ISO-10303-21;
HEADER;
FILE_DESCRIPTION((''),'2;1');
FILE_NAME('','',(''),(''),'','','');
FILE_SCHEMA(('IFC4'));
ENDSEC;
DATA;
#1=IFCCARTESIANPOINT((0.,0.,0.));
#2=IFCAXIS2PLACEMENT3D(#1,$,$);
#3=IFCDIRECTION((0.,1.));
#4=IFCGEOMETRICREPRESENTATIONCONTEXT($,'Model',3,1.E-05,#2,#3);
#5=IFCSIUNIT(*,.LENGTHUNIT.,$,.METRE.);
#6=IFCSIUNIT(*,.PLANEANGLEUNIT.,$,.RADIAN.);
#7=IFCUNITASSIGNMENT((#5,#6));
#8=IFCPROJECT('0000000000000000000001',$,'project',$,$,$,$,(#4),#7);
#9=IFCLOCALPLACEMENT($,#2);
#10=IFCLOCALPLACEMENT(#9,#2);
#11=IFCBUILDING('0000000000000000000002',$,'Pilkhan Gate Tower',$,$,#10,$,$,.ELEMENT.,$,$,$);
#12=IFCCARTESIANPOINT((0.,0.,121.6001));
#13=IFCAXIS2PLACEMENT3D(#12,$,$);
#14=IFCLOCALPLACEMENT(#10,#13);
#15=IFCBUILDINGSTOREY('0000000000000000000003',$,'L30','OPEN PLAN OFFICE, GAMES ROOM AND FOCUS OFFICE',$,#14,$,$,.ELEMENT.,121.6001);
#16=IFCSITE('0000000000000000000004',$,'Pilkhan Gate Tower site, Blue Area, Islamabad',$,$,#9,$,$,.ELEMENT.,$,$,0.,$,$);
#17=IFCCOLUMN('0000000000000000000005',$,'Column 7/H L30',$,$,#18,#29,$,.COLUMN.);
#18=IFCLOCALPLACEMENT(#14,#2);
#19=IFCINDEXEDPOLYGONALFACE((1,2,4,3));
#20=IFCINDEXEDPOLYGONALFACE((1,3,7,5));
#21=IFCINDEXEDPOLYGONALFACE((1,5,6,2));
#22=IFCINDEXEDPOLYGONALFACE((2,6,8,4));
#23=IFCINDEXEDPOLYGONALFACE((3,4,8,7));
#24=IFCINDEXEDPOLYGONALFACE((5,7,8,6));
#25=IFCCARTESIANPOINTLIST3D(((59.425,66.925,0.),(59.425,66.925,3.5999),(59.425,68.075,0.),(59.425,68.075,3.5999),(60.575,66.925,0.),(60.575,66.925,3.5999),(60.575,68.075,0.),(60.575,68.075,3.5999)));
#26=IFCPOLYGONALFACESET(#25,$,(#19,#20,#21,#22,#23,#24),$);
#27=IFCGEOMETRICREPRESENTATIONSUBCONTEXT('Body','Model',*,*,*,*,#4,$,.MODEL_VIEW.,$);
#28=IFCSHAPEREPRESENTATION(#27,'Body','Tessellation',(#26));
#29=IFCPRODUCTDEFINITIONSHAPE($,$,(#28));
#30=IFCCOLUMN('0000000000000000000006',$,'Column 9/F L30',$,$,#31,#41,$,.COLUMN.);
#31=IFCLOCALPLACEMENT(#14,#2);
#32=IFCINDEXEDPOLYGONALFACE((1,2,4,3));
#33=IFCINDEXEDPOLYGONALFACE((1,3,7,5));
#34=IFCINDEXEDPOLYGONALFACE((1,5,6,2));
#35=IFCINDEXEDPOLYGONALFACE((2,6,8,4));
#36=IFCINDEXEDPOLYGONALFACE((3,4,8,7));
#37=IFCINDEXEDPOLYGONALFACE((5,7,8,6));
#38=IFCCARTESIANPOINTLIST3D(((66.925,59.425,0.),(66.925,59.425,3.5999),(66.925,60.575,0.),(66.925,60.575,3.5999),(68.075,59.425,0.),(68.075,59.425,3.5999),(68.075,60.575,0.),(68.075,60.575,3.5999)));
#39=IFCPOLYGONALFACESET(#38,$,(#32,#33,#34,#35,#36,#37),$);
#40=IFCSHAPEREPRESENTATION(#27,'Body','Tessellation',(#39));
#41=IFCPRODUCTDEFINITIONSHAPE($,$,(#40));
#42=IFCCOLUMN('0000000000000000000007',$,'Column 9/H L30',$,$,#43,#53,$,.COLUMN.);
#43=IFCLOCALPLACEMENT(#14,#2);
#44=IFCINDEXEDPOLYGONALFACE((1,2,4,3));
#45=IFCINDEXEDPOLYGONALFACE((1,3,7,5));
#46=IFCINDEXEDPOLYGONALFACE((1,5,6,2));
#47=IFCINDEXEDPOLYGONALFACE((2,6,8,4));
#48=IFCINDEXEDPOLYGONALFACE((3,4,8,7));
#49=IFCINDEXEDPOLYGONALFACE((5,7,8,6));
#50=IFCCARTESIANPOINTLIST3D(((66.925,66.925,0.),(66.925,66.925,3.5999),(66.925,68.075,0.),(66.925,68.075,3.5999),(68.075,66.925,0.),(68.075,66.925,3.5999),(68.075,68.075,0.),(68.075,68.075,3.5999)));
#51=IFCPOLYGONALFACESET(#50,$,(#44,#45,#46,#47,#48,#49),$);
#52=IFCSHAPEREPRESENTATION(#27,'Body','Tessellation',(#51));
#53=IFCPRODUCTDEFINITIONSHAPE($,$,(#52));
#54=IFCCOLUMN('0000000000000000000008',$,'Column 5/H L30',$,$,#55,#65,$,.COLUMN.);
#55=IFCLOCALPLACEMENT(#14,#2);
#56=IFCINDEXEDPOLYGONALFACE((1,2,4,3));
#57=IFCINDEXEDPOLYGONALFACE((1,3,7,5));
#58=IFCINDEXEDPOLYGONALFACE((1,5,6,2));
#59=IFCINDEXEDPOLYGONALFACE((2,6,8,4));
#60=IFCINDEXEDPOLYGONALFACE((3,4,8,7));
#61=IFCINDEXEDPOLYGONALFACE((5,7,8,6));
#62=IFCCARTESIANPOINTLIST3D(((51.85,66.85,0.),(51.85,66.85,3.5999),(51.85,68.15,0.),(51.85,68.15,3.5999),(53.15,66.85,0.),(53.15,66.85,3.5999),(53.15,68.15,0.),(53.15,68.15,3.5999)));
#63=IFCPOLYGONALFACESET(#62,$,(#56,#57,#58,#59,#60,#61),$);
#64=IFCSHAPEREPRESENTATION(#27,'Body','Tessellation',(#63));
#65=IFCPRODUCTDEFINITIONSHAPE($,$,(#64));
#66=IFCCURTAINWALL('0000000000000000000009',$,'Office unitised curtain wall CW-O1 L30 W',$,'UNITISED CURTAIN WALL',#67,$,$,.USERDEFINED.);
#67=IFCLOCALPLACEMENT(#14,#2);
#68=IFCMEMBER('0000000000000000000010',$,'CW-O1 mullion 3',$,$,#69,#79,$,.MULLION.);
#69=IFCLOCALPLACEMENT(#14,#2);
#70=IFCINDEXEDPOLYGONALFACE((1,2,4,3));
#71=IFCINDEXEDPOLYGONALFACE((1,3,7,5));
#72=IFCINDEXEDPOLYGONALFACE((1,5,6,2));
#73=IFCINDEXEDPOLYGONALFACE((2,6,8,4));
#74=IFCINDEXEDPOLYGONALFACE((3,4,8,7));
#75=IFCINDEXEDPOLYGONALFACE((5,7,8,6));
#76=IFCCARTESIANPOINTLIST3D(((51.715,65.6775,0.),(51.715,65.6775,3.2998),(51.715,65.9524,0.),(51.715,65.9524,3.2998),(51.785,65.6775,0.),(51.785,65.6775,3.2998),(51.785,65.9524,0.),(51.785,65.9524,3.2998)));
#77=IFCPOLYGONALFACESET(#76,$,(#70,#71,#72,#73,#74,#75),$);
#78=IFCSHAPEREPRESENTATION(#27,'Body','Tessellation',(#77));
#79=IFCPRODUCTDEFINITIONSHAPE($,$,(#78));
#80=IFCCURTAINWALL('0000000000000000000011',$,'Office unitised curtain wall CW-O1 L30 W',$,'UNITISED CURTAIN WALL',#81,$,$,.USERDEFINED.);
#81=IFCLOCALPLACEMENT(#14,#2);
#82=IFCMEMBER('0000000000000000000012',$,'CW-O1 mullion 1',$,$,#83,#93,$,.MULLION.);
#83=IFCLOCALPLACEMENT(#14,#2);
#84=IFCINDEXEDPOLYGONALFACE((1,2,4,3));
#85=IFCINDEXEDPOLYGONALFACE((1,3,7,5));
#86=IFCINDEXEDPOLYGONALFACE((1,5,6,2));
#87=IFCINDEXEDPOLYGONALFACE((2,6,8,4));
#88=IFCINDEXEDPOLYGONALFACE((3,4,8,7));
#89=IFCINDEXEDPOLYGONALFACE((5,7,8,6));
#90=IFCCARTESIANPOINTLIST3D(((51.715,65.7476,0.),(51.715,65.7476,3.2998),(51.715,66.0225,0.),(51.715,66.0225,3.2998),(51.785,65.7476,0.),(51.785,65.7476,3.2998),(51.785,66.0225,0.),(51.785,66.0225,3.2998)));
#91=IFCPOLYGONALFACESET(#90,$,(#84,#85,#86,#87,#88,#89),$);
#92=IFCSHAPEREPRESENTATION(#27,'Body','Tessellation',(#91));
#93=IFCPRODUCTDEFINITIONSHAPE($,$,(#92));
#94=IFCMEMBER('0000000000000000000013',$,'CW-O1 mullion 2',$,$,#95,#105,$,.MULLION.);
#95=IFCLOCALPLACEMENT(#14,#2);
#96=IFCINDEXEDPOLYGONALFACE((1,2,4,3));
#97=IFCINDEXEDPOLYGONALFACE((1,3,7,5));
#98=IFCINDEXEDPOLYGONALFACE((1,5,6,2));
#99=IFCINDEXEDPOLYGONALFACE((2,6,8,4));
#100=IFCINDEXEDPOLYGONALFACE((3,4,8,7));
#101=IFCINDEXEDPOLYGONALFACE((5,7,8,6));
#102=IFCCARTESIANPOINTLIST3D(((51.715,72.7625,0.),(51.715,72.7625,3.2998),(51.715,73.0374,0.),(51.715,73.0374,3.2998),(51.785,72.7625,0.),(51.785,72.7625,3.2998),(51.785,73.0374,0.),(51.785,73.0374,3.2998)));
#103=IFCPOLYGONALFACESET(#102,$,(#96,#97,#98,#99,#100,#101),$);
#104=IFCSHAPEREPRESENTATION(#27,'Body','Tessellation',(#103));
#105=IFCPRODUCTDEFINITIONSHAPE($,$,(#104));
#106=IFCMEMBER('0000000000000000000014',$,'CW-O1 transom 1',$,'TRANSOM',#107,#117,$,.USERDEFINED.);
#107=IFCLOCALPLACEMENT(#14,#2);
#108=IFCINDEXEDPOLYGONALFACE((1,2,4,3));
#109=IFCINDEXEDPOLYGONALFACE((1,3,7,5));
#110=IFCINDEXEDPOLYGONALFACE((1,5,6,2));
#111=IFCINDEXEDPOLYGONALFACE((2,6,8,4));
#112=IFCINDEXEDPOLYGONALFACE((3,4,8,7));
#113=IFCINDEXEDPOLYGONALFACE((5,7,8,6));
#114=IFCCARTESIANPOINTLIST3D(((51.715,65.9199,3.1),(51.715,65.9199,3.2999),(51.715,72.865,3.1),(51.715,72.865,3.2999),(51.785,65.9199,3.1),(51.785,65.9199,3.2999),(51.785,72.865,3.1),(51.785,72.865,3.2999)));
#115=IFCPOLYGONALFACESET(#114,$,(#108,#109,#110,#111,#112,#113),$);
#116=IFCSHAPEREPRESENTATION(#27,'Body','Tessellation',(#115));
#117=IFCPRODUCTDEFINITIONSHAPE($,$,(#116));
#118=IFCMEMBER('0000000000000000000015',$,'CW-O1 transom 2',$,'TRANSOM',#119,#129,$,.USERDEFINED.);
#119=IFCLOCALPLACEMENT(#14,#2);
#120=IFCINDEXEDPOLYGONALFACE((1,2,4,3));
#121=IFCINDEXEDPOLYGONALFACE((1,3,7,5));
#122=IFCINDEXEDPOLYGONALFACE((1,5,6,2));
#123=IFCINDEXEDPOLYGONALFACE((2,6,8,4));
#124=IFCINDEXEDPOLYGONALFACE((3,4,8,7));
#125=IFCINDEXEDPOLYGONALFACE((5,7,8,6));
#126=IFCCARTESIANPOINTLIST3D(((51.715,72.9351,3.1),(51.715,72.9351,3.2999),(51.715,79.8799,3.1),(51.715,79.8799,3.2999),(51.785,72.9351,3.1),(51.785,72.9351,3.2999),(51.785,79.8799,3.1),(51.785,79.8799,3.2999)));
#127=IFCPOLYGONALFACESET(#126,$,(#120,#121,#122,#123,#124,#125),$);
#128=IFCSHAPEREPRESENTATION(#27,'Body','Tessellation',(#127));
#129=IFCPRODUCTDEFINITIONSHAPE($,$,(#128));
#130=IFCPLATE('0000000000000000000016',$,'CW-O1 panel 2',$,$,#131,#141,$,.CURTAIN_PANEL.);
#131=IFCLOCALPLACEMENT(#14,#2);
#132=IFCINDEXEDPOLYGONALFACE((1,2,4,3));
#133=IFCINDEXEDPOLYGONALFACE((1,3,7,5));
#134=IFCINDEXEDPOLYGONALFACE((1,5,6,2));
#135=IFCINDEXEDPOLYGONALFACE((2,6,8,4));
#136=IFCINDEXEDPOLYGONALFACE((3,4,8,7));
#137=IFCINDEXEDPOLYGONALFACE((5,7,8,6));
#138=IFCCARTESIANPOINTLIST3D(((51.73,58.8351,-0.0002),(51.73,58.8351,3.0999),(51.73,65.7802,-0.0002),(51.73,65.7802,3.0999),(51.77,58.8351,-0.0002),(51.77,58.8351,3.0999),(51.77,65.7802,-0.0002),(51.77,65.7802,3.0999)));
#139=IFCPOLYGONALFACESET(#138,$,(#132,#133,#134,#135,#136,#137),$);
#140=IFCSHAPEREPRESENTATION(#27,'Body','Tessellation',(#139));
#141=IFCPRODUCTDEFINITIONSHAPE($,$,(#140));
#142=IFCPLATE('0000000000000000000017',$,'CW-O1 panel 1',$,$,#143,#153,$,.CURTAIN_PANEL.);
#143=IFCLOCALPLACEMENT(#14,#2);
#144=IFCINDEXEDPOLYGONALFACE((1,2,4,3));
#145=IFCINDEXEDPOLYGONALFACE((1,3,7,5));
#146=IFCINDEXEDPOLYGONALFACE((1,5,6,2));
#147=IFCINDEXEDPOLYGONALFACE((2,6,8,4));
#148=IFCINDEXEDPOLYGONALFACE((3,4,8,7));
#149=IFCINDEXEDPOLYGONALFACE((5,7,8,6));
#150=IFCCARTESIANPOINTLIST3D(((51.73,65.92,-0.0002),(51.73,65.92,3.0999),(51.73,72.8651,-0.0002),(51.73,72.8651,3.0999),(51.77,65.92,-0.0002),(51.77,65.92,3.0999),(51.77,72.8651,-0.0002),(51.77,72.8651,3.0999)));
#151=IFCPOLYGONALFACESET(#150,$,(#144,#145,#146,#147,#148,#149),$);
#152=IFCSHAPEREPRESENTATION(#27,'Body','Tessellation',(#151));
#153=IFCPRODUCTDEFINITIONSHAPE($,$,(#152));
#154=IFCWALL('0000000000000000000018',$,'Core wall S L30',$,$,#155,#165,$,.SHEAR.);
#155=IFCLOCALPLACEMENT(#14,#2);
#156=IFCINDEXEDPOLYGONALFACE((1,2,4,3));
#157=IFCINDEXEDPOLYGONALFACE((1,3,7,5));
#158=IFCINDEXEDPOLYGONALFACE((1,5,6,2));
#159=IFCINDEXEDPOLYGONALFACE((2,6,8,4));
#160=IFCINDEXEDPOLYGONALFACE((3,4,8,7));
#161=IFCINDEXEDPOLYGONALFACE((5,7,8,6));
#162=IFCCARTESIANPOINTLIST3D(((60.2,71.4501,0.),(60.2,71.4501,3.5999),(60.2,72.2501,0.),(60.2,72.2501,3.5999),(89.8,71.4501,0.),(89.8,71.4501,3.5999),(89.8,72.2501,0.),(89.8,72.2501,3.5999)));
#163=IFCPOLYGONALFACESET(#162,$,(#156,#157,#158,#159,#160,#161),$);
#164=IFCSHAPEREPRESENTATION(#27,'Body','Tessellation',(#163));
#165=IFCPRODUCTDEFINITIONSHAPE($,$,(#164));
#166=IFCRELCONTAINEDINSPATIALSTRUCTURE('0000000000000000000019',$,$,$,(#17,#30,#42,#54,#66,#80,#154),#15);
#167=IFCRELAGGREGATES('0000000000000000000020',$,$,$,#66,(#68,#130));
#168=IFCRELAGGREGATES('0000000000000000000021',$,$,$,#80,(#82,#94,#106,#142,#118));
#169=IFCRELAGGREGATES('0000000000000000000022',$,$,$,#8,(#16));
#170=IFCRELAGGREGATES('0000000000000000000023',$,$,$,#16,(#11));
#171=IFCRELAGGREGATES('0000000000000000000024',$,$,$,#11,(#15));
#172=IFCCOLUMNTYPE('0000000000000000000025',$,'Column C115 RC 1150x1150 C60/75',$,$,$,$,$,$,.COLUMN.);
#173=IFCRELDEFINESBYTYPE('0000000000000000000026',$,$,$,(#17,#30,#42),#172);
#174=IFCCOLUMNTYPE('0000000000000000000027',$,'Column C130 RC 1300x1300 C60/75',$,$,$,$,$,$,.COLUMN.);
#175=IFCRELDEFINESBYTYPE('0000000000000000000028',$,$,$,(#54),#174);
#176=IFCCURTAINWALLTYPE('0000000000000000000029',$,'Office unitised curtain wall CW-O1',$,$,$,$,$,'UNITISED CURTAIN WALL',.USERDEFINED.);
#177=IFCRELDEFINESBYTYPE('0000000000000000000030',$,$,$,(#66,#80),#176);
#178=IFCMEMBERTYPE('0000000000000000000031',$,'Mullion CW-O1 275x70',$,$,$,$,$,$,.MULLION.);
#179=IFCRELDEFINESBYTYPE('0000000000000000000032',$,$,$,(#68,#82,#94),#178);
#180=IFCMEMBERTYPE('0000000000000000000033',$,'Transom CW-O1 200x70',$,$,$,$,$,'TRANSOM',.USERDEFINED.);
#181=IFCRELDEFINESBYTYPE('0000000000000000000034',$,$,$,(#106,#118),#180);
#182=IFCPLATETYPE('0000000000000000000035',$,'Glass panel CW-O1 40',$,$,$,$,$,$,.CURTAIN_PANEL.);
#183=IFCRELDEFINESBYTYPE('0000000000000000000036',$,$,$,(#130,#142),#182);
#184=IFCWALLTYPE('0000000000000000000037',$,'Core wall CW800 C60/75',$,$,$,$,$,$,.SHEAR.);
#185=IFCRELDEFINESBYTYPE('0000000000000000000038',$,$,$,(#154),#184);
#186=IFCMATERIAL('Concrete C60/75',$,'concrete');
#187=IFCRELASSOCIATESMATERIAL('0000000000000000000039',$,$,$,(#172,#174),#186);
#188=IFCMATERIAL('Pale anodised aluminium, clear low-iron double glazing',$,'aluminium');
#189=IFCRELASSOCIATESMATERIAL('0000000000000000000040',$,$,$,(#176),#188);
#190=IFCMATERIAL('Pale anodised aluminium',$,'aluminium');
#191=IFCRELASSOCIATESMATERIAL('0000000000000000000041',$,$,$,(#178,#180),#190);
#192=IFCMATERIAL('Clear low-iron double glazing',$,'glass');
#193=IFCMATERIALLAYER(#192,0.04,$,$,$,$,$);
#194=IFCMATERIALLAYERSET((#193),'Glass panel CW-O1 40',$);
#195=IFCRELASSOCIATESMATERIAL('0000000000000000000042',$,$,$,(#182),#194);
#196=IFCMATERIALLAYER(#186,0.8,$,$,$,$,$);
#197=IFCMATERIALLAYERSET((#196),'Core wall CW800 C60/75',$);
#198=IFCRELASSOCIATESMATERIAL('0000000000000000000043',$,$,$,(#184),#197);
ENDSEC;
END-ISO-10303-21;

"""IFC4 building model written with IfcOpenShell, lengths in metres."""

from ifc_helpers import new_model, si_unit, direction, frame, frame_2d, origin, origin_2d, place, context, subcontext, project, spatial, rectangle, extrude, material, layer, layer_set, material_profile, profile_set, type_object, element, aggregate, save


model = new_model("IFC4")

# Units and contexts
model_context = context("Model", 3, precision=1e-05, world=origin(), true_north=direction((0.0, 1.0)))
body_context = subcontext(model_context, "Body", "Model", "MODEL_VIEW")
ifc_project = project(units=[si_unit("LENGTHUNIT", "METRE"), si_unit("PLANEANGLEUNIT", "RADIAN")], contexts=[model_context])

# Site, building, storey
site_placement = place(None, origin())
site = spatial("IfcSite", under=ifc_project, at=site_placement, Name="Pilkhan Gate Tower site, Blue Area, Islamabad", CompositionType="ELEMENT", RefElevation=0.0)
building_placement = place(site_placement, origin())
building = spatial("IfcBuilding", under=site, at=building_placement, Name="Pilkhan Gate Tower", CompositionType="ELEMENT")
storey_placement = place(building_placement, frame((0.0, 0.0, 121.6001)))
storey = spatial("IfcBuildingStorey", under=building, at=storey_placement, Name="L30", Description="OPEN PLAN OFFICE, GAMES ROOM AND FOCUS OFFICE", CompositionType="ELEMENT", Elevation=121.6001)

# Columns
ifc_material_1 = material(Name="Concrete C60/75", Category="concrete")
ifc_material_profile_1 = material_profile(ifc_material_1, rectangle(XDim=1.1499, YDim=1.1499, at=origin_2d()), Name="RC 1150x1150")
ifc_profile_set_1 = profile_set([ifc_material_profile_1], Name="Concrete C60/75")
column_type_1 = type_object("IfcColumnType", Name="Column C115 RC 1150x1150 C60/75", PredefinedType="COLUMN", material=ifc_profile_set_1)
for number, where, z_axis, x_axis, name in (
    (1, (60.0, 67.5, 0.0), (0.0, 0.0, 1.0), (1.0, 0.0, 0.0), "Column 7/H L30"),
    (2, (67.5, 60.0, 0.0), (0.0, 0.0, 1.0), (1.0, 0.0, 0.0), "Column 9/F L30"),
    (3, (67.5, 67.5, 0.0), (0.0, 0.0, 1.0), (1.0, 0.0, 0.0), "Column 9/H L30"),
):
    element("IfcColumn", number, at=place(storey_placement, frame(where, z_axis=z_axis, x_axis=x_axis)), inside=storey, type_object=column_type_1, Name=name, PredefinedType="COLUMN", context=body_context, shape_type="SweptSolid", body=[
        extrude(rectangle(XDim=1.1499, YDim=1.1499, at=origin_2d()), origin(), (0.0, 0.0, 1.0), 3.5999),
    ])
ifc_material_profile_2 = material_profile(ifc_material_1, rectangle(XDim=1.3, YDim=1.3, at=origin_2d()), Name="RC 1300x1300")
ifc_profile_set_2 = profile_set([ifc_material_profile_2], Name="Concrete C60/75")
column_type_2 = type_object("IfcColumnType", Name="Column C130 RC 1300x1300 C60/75", PredefinedType="COLUMN", material=ifc_profile_set_2)
column_placement = place(storey_placement, frame((52.5, 67.5, 0.0), z_axis=(0.0, 0.0, 1.0), x_axis=(1.0, 0.0, 0.0)))
element("IfcColumn", 4, at=column_placement, inside=storey, type_object=column_type_2, Name="Column 5/H L30", PredefinedType="COLUMN", context=body_context, shape_type="SweptSolid", body=[
    extrude(rectangle(XDim=1.3, YDim=1.3, at=origin_2d()), origin(), (0.0, 0.0, 1.0), 3.5999),
])

# Curtain wall, member
ifc_material_2 = material(Name="Pale anodised aluminium, clear low-iron double glazing", Category="aluminium")
curtain_wall_type = type_object("IfcCurtainWallType", Name="Office unitised curtain wall CW-O1", ElementType="UNITISED CURTAIN WALL", PredefinedType="USERDEFINED", material=ifc_material_2)
curtain_wall_1_placement = place(storey_placement, origin())
curtain_wall_1 = element("IfcCurtainWall", 5, at=curtain_wall_1_placement, inside=storey, type_object=curtain_wall_type, Name="Office unitised curtain wall CW-O1 L30 W", ObjectType="UNITISED CURTAIN WALL", PredefinedType="USERDEFINED")
ifc_material_3 = material(Name="Pale anodised aluminium", Category="aluminium")
ifc_material_profile_3 = material_profile(ifc_material_3, rectangle(XDim=0.0701, YDim=0.2749, at=origin_2d()), Name="Mullion 275x70")
ifc_profile_set_3 = profile_set([ifc_material_profile_3], Name="Pale anodised aluminium")
member_type_1 = type_object("IfcMemberType", Name="Mullion CW-O1 275x70", PredefinedType="MULLION", material=ifc_profile_set_3)
member_1_placement = place(storey_placement, frame((51.75, 65.8149, 0.0), z_axis=(0.0, 0.0, 1.0), x_axis=(-1.0, 0.0, 0.0)))
member_1 = element("IfcMember", 6, at=member_1_placement, type_object=member_type_1, Name="CW-O1 mullion 3", PredefinedType="MULLION", context=body_context, shape_type="SweptSolid", body=[
    extrude(rectangle(XDim=0.0701, YDim=0.2749, at=origin_2d()), origin(), (0.0, 0.0, 1.0), 3.2998),
])

# Curtain wall, members
curtain_wall_2_placement = place(storey_placement, origin())
curtain_wall_2 = element("IfcCurtainWall", 7, at=curtain_wall_2_placement, inside=storey, type_object=curtain_wall_type, Name="Office unitised curtain wall CW-O1 L30 W", ObjectType="UNITISED CURTAIN WALL", PredefinedType="USERDEFINED")
member_2_placement = place(storey_placement, frame((51.75, 65.885, 0.0), z_axis=(0.0, 0.0, 1.0), x_axis=(-1.0, 0.0, 0.0)))
member_2 = element("IfcMember", 8, at=member_2_placement, type_object=member_type_1, Name="CW-O1 mullion 1", PredefinedType="MULLION", context=body_context, shape_type="SweptSolid", body=[
    extrude(rectangle(XDim=0.0701, YDim=0.2749, at=origin_2d()), origin(), (0.0, 0.0, 1.0), 3.2998),
])
member_3_placement = place(storey_placement, frame((51.75, 72.8999, 0.0), z_axis=(0.0, 0.0, 1.0), x_axis=(-1.0, 0.0, 0.0)))
member_3 = element("IfcMember", 9, at=member_3_placement, type_object=member_type_1, Name="CW-O1 mullion 2", PredefinedType="MULLION", context=body_context, shape_type="SweptSolid", body=[
    extrude(rectangle(XDim=0.0701, YDim=0.2749, at=origin_2d()), origin(), (0.0, 0.0, 1.0), 3.2998),
])
ifc_material_profile_4 = material_profile(ifc_material_3, rectangle(XDim=0.0701, YDim=0.2, at=origin_2d()), Name="Transom 200x70")
ifc_profile_set_4 = profile_set([ifc_material_profile_4], Name="Pale anodised aluminium")
member_type_2 = type_object("IfcMemberType", Name="Transom CW-O1 200x70", ElementType="TRANSOM", PredefinedType="USERDEFINED", material=ifc_profile_set_4)
member_4_placement = place(storey_placement, frame((51.75, 65.9199, 3.2), z_axis=(0.0, 1.0, 0.0), x_axis=(-1.0, 0.0, 0.0)))
member_4 = element("IfcMember", 10, at=member_4_placement, type_object=member_type_2, Name="CW-O1 transom 1", ObjectType="TRANSOM", PredefinedType="USERDEFINED", context=body_context, shape_type="SweptSolid", body=[
    extrude(rectangle(XDim=0.0701, YDim=0.2, at=origin_2d()), origin(), (0.0, 0.0, 1.0), 6.9451),
])
member_5_placement = place(storey_placement, frame((51.75, 72.9351, 3.2), z_axis=(0.0, 1.0, 0.0), x_axis=(-1.0, 0.0, 0.0)))
member_5 = element("IfcMember", 11, at=member_5_placement, type_object=member_type_2, Name="CW-O1 transom 2", ObjectType="TRANSOM", PredefinedType="USERDEFINED", context=body_context, shape_type="SweptSolid", body=[
    extrude(rectangle(XDim=0.0701, YDim=0.2, at=origin_2d()), origin(), (0.0, 0.0, 1.0), 6.9448),
])

# Plates
ifc_material_4 = material(Name="Clear low-iron double glazing", Category="glass")
ifc_layer_1 = layer(ifc_material_4, 0.04)
ifc_layer_set_1 = layer_set([ifc_layer_1], Name="Glass panel CW-O1 40")
plate_type = type_object("IfcPlateType", Name="Glass panel CW-O1 40", PredefinedType="CURTAIN_PANEL", material=ifc_layer_set_1)
plate_1_placement = place(storey_placement, frame((51.75, 62.3076, -0.0002), z_axis=(0.0, 0.0, 1.0), x_axis=(0.0, 1.0, 0.0)))
plate_1 = element("IfcPlate", 12, at=plate_1_placement, type_object=plate_type, Name="CW-O1 panel 2", PredefinedType="CURTAIN_PANEL", context=body_context, shape_type="SweptSolid", body=[
    extrude(rectangle(XDim=6.9451, YDim=0.04, at=origin_2d()), origin(), (0.0, 0.0, 1.0), 3.1001),
])
aggregate(curtain_wall_1, [member_1, plate_1])
plate_2_placement = place(storey_placement, frame((51.75, 69.3926, -0.0002), z_axis=(0.0, 0.0, 1.0), x_axis=(0.0, 1.0, 0.0)))
plate_2 = element("IfcPlate", 13, at=plate_2_placement, type_object=plate_type, Name="CW-O1 panel 1", PredefinedType="CURTAIN_PANEL", context=body_context, shape_type="SweptSolid", body=[
    extrude(rectangle(XDim=6.9451, YDim=0.04, at=origin_2d()), origin(), (0.0, 0.0, 1.0), 3.1001),
])
aggregate(curtain_wall_2, [member_2, member_3, member_4, plate_2, member_5])

# Wall
ifc_layer_2 = layer(ifc_material_1, 0.8)
ifc_layer_set_2 = layer_set([ifc_layer_2], Name="Core wall CW800 C60/75")
wall_type_1 = type_object("IfcWallType", Name="Core wall CW800 C60/75", PredefinedType="SHEAR", material=ifc_layer_set_2)
wall_1_placement = place(storey_placement, frame((60.2, 71.8501, 0.0), z_axis=(0.0, 0.0, 1.0), x_axis=(1.0, 0.0, 0.0)))
element("IfcWall", 14, at=wall_1_placement, inside=storey, type_object=wall_type_1, Name="Core wall S L30", PredefinedType="SHEAR", context=body_context, shape_type="SweptSolid", body=[
    extrude(rectangle(XDim=29.6001, YDim=0.8, at=frame_2d((14.8, 0.0))), origin(), (0.0, 0.0, 1.0), 3.5999),
])

save(model, "model.ifc")
